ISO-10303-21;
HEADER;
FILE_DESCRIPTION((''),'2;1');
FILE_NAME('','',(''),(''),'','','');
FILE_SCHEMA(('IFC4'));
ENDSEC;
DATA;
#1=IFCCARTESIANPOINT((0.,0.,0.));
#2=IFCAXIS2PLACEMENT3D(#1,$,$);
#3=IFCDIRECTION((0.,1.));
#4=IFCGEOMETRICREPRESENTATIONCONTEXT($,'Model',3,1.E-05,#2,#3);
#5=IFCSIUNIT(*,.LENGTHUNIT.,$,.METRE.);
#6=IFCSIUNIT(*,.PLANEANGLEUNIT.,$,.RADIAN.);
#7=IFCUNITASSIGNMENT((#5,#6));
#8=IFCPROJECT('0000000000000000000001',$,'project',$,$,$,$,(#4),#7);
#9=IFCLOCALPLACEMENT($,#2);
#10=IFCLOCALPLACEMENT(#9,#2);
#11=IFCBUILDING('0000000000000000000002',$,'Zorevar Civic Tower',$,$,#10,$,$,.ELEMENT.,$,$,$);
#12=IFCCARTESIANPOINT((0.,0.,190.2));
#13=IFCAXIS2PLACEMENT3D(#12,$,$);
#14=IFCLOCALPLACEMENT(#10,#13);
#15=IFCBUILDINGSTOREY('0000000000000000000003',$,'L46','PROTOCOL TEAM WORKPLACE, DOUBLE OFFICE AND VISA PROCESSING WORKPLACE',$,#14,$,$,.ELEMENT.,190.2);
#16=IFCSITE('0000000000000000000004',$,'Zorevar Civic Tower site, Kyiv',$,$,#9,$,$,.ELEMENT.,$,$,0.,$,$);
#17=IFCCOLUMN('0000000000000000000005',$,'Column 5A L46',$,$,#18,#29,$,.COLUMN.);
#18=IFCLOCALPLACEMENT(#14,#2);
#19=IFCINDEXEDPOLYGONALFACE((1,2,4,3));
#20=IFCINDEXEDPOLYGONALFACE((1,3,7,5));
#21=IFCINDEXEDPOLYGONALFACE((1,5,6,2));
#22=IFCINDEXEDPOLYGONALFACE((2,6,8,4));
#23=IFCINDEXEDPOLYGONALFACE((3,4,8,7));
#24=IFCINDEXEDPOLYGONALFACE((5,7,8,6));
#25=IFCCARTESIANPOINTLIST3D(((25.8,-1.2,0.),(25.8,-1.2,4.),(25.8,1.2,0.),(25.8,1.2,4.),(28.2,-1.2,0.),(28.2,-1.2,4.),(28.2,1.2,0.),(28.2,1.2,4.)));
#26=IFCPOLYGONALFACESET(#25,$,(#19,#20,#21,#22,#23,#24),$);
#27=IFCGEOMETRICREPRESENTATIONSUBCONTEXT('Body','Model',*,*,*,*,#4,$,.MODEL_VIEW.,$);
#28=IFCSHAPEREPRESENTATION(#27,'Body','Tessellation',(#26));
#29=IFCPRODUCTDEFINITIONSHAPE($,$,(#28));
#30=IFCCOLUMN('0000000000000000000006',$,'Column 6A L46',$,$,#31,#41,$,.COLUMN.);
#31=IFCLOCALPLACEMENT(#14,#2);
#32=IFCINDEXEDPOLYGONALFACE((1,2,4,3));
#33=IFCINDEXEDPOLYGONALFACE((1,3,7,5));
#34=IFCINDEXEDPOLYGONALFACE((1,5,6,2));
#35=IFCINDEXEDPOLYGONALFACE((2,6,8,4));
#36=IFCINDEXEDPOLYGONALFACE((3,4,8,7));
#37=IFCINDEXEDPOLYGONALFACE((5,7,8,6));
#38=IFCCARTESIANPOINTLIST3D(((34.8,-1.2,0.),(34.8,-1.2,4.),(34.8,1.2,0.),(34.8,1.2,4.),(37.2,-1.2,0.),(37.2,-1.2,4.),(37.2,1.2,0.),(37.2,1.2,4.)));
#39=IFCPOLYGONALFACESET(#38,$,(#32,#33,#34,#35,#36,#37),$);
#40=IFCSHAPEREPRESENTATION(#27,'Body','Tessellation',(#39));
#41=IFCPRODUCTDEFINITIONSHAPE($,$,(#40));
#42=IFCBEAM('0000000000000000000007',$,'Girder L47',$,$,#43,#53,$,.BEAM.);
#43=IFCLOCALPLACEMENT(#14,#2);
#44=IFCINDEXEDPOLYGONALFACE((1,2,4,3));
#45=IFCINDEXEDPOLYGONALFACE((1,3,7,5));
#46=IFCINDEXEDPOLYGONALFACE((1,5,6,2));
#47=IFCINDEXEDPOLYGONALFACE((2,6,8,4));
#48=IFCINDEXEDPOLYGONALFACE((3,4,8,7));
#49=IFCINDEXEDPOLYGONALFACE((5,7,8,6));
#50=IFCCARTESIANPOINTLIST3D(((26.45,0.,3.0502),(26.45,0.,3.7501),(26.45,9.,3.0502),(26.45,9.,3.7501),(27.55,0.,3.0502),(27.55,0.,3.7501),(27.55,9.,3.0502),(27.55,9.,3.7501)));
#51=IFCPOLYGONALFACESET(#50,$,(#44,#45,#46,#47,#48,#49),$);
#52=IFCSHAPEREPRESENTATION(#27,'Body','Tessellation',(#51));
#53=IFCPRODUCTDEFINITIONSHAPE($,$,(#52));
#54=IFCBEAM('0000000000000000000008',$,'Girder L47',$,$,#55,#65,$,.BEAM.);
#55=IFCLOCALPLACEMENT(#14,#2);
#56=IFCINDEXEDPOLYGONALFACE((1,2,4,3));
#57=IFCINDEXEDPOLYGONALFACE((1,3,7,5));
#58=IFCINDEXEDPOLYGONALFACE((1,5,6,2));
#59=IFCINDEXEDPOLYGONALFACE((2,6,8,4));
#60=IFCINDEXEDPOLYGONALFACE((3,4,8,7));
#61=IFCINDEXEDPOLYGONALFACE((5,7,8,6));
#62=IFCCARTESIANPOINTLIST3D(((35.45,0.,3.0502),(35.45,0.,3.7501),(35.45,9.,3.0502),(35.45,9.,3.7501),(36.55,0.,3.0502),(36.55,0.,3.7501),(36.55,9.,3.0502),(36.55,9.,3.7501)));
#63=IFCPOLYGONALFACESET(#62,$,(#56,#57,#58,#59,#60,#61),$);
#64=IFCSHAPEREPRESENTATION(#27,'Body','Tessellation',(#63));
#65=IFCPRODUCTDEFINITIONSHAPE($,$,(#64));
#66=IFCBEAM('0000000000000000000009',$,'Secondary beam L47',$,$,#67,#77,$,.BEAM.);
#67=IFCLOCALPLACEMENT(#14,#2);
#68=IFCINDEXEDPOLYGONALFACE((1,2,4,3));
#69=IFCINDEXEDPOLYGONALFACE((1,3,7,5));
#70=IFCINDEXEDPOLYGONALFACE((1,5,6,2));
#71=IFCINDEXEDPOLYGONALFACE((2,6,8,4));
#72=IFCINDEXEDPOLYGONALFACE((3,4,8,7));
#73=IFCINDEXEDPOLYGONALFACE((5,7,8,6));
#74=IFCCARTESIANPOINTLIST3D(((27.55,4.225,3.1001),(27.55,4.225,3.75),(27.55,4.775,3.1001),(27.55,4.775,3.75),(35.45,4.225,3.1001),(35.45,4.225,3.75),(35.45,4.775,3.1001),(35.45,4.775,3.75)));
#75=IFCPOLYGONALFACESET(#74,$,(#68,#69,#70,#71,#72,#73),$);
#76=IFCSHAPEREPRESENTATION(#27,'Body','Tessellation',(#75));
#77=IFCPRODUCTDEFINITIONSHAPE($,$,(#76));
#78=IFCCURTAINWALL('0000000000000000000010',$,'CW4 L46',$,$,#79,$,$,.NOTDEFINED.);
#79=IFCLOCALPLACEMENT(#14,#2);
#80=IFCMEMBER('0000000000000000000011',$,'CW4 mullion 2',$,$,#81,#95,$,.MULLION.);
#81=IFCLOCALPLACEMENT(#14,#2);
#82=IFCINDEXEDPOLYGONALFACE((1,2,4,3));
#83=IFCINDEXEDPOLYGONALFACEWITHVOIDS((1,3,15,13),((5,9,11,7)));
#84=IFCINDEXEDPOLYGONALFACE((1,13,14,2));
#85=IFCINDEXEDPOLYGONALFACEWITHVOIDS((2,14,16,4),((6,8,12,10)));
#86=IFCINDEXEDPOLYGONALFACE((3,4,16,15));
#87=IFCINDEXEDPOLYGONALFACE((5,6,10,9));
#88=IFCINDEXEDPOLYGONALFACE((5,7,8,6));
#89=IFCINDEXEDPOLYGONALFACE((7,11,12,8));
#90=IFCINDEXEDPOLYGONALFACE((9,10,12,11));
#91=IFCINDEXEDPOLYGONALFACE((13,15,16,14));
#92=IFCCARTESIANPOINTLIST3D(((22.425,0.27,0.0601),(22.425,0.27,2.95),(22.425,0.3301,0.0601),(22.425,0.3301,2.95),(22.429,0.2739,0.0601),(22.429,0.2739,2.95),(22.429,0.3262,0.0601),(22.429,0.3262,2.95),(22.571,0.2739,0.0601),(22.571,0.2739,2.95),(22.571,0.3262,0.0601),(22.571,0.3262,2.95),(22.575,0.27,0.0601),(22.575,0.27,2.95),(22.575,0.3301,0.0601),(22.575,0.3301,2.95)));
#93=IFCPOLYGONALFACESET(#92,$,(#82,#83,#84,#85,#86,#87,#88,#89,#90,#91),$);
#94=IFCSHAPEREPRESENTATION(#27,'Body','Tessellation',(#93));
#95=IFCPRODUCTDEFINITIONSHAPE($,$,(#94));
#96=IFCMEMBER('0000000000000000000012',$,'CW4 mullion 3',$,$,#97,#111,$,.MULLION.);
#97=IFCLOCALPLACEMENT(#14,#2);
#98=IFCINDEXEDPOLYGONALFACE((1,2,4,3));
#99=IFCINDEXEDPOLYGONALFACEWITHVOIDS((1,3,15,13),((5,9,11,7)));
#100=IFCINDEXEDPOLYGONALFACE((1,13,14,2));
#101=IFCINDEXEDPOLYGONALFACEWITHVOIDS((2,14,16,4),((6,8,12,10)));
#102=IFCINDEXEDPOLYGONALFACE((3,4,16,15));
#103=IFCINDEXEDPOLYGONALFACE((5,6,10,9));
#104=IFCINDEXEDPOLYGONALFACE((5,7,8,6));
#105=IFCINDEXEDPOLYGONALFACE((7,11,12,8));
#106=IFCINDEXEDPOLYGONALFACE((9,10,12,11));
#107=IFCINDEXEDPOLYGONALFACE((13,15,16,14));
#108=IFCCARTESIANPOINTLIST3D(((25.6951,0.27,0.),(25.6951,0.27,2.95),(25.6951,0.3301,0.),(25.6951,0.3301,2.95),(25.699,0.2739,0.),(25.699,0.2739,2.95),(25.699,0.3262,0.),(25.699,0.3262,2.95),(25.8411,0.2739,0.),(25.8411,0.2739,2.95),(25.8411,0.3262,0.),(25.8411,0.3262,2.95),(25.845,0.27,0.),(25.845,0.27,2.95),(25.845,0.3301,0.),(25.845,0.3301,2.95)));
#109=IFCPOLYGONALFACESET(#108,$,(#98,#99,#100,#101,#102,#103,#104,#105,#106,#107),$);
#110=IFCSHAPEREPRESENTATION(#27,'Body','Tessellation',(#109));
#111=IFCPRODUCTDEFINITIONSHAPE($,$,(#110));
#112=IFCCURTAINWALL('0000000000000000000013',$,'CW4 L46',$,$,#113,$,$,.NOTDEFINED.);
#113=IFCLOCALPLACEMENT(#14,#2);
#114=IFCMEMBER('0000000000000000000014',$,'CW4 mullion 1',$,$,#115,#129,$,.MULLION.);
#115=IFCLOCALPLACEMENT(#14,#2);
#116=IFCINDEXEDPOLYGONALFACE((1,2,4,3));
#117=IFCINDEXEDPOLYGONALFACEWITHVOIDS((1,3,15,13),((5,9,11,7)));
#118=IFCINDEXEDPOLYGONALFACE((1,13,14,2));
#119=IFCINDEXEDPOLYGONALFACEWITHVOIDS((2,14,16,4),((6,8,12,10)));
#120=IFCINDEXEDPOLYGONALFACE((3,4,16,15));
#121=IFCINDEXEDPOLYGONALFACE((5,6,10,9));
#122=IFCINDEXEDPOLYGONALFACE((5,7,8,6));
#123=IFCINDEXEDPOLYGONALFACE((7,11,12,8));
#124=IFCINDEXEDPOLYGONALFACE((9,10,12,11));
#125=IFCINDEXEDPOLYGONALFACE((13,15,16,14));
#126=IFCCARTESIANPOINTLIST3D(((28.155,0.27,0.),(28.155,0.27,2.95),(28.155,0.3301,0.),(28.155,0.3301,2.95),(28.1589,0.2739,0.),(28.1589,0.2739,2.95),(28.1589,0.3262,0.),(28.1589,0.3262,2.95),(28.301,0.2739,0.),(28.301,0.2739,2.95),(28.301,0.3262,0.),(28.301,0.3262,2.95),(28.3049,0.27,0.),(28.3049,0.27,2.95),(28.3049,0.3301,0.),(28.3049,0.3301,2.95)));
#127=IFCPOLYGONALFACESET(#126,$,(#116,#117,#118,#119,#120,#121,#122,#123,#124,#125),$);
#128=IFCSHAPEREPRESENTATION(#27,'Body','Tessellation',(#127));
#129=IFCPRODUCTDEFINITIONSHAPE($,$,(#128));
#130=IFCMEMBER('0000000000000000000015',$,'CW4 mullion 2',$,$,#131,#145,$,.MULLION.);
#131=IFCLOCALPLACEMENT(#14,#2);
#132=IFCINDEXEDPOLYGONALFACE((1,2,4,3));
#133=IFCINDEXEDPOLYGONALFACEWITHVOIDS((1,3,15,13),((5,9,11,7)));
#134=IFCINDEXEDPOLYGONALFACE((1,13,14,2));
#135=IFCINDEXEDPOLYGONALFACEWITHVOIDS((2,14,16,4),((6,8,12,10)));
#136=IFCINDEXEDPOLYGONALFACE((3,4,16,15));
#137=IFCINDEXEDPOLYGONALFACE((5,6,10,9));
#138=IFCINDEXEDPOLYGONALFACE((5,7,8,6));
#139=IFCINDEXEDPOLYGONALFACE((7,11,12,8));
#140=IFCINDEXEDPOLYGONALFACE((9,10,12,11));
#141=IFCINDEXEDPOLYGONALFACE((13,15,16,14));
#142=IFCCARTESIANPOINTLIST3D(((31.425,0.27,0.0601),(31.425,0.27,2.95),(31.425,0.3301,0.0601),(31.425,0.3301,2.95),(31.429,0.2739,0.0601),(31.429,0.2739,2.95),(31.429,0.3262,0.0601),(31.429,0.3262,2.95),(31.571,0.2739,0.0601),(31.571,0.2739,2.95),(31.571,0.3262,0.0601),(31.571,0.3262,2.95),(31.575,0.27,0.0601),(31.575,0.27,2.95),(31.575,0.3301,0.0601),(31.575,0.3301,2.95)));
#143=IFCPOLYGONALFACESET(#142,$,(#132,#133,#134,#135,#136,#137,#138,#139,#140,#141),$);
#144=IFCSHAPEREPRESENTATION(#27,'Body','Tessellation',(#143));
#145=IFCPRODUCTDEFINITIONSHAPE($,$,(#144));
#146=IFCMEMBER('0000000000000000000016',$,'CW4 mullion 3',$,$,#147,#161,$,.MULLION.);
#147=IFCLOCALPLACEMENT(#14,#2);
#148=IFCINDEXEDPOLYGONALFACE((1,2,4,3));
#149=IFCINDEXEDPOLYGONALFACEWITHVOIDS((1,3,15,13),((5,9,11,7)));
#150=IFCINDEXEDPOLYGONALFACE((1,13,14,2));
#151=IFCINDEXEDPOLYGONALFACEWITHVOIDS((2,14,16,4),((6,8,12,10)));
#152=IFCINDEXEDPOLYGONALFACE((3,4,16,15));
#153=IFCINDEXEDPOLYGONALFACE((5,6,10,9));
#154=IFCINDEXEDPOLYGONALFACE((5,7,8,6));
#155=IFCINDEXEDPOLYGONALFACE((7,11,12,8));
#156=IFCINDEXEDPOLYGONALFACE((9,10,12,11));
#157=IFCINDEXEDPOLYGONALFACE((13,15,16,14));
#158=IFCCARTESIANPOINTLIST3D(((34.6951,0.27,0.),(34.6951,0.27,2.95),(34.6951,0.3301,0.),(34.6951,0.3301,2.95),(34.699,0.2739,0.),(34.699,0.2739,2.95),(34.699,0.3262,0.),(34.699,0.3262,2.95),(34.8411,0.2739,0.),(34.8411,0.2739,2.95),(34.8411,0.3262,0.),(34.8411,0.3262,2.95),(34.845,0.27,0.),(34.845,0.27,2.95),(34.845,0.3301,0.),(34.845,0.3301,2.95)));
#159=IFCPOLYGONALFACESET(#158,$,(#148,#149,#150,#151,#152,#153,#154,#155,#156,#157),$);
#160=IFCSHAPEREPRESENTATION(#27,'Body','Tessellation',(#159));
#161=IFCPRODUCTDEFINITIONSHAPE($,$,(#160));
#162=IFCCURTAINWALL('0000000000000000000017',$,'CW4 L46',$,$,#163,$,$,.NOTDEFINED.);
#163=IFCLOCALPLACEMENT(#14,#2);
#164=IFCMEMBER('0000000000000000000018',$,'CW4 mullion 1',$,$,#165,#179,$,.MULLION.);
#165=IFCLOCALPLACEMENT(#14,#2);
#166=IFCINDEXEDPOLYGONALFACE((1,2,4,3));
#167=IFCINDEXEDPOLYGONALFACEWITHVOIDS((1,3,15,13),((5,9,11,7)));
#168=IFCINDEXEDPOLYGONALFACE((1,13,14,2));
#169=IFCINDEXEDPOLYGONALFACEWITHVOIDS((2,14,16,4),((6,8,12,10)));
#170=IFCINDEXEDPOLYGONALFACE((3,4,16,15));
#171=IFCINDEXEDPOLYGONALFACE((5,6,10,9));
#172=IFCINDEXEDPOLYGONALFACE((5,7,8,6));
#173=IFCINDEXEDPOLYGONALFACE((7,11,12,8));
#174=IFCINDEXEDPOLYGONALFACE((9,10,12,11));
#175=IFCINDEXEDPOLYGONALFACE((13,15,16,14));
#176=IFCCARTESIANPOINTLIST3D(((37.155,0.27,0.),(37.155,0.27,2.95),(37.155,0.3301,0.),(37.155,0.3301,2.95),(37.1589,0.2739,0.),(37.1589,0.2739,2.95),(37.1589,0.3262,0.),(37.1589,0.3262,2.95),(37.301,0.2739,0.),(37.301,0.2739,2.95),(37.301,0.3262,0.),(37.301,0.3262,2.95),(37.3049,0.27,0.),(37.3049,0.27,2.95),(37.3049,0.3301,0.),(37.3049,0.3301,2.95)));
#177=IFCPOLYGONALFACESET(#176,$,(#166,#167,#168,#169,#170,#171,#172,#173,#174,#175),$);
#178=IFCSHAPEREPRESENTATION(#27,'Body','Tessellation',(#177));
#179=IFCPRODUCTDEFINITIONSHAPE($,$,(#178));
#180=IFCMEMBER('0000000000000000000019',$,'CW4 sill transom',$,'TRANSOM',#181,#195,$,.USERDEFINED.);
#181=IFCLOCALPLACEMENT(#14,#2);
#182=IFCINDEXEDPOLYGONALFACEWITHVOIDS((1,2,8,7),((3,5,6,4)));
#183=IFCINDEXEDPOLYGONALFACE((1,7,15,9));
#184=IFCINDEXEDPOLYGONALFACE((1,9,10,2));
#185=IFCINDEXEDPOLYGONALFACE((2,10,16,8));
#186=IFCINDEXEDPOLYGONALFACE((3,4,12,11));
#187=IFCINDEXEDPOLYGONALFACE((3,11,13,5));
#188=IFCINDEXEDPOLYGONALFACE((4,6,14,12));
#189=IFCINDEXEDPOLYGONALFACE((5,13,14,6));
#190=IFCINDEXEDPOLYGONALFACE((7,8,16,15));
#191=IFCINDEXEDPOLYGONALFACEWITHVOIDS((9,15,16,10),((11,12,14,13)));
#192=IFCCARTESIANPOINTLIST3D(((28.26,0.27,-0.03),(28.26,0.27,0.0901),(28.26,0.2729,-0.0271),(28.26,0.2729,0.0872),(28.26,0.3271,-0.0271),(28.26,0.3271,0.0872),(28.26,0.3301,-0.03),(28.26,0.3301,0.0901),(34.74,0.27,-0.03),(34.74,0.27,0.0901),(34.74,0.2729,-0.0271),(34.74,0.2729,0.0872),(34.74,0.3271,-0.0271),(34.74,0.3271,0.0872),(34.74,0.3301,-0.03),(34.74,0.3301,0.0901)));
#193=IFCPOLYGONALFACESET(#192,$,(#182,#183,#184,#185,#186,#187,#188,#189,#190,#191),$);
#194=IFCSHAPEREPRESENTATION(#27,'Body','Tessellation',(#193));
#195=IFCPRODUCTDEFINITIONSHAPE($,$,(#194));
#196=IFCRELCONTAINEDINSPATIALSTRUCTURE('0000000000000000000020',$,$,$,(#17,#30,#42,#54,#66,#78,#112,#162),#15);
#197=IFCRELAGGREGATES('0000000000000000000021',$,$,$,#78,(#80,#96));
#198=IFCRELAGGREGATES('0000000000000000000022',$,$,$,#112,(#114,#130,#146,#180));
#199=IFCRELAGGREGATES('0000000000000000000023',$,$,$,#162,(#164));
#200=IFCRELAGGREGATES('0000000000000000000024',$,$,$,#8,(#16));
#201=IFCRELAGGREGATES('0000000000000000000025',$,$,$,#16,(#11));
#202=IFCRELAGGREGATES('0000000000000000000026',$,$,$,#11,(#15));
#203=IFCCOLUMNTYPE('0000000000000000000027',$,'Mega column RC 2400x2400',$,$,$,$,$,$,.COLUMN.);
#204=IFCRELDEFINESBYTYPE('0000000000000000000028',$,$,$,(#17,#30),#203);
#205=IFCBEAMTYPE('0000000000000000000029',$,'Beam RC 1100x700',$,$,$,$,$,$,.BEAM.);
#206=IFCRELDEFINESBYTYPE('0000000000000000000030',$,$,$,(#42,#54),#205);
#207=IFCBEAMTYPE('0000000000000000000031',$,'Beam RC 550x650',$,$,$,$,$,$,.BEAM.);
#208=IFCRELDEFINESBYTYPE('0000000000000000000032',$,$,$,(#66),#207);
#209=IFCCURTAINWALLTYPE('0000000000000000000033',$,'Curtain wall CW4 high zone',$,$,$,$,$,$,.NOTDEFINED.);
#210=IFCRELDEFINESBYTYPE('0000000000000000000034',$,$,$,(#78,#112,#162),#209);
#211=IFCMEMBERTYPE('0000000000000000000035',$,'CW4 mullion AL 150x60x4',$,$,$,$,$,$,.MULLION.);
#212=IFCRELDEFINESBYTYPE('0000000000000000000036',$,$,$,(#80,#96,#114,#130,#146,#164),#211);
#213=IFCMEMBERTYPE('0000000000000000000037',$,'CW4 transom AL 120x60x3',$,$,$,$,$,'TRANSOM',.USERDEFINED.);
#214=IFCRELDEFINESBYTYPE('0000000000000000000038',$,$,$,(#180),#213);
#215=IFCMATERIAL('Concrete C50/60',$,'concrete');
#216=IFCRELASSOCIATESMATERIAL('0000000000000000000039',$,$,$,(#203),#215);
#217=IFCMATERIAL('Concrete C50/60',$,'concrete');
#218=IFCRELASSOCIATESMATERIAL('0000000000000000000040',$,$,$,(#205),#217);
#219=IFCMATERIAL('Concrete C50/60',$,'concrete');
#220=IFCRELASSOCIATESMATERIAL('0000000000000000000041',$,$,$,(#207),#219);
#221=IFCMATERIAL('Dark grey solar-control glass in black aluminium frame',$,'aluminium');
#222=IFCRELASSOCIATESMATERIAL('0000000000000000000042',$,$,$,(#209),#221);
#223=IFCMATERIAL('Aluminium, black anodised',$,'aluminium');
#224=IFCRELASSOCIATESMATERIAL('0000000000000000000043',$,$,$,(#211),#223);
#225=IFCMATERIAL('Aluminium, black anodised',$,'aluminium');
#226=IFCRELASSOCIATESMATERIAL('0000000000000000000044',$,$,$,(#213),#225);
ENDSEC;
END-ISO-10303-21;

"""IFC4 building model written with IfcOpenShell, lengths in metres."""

from ifc_helpers import new_model, si_unit, direction, frame, origin, origin_2d, place, context, subcontext, project, spatial, rectangle, hollow_rectangle, extrude, material, material_profile, profile_set, type_object, element, aggregate, save


model = new_model("IFC4")

# Units and contexts
model_context = context("Model", 3, precision=1e-05, world=origin(), true_north=direction((0.0, 1.0)))
body_context = subcontext(model_context, "Body", "Model", "MODEL_VIEW")
ifc_project = project(units=[si_unit("LENGTHUNIT", "METRE"), si_unit("PLANEANGLEUNIT", "RADIAN")], contexts=[model_context])

# Site, building, storey
site_placement = place(None, origin())
site = spatial("IfcSite", under=ifc_project, at=site_placement, Name="Zorevar Civic Tower site, Kyiv", CompositionType="ELEMENT", RefElevation=0.0)
building_placement = place(site_placement, origin())
building = spatial("IfcBuilding", under=site, at=building_placement, Name="Zorevar Civic Tower", CompositionType="ELEMENT")
storey_placement = place(building_placement, frame((0.0, 0.0, 190.2)))
storey = spatial("IfcBuildingStorey", under=building, at=storey_placement, Name="L46", Description="PROTOCOL TEAM WORKPLACE, DOUBLE OFFICE AND VISA PROCESSING WORKPLACE", CompositionType="ELEMENT", Elevation=190.2)

# Columns
ifc_material_1 = material(Name="Concrete C50/60", Category="concrete")
ifc_material_profile_1 = material_profile(ifc_material_1, rectangle(XDim=2.3999, YDim=2.3999, at=origin_2d()), Name="RC 2400x2400")
ifc_profile_set_1 = profile_set([ifc_material_profile_1], Name="Concrete C50/60")
column_type = type_object("IfcColumnType", Name="Mega column RC 2400x2400", PredefinedType="COLUMN", material=ifc_profile_set_1)
for number, where, z_axis, x_axis, name in (
    (1, (27.0, 0.0, 0.0), (0.0, 0.0, 1.0), (1.0, 0.0, 0.0), "Column 5A L46"),
    (2, (36.0, 0.0, 0.0), (0.0, 0.0, 1.0), (1.0, 0.0, 0.0), "Column 6A L46"),
):
    element("IfcColumn", number, at=place(storey_placement, frame(where, z_axis=z_axis, x_axis=x_axis)), inside=storey, type_object=column_type, Name=name, PredefinedType="COLUMN", context=body_context, shape_type="SweptSolid", body=[
        extrude(rectangle(XDim=2.3999, YDim=2.3999, at=origin_2d()), origin(), (0.0, 0.0, 1.0), 4.0),
    ])

# Beams
ifc_material_2 = material(Name="Concrete C50/60", Category="concrete")
ifc_material_profile_2 = material_profile(ifc_material_2, rectangle(XDim=1.1001, YDim=0.7, at=origin_2d()), Name="RC 1100x700")
ifc_profile_set_2 = profile_set([ifc_material_profile_2], Name="Concrete C50/60")
beam_type_1 = type_object("IfcBeamType", Name="Beam RC 1100x700", PredefinedType="BEAM", material=ifc_profile_set_2)
for number, where, z_axis, x_axis, name in (
    (3, (27.0, 0.0, 3.4001), (0.0, 1.0, 0.0), (-1.0, 0.0, 0.0), "Girder L47"),
    (4, (36.0, 0.0, 3.4001), (0.0, 1.0, 0.0), (-1.0, 0.0, 0.0), "Girder L47"),
):
    element("IfcBeam", number, at=place(storey_placement, frame(where, z_axis=z_axis, x_axis=x_axis)), inside=storey, type_object=beam_type_1, Name=name, PredefinedType="BEAM", context=body_context, shape_type="SweptSolid", body=[
        extrude(rectangle(XDim=1.1001, YDim=0.7, at=origin_2d()), origin(), (0.0, 0.0, 1.0), 9.0),
    ])
ifc_material_3 = material(Name="Concrete C50/60", Category="concrete")
ifc_material_profile_3 = material_profile(ifc_material_3, rectangle(XDim=0.55, YDim=0.6499, at=origin_2d()), Name="RC 550x650")
ifc_profile_set_3 = profile_set([ifc_material_profile_3], Name="Concrete C50/60")
beam_type_2 = type_object("IfcBeamType", Name="Beam RC 550x650", PredefinedType="BEAM", material=ifc_profile_set_3)
beam_placement = place(storey_placement, frame((27.55, 4.5, 3.425), z_axis=(1.0, 0.0, 0.0), x_axis=(0.0, 1.0, 0.0)))
element("IfcBeam", 5, at=beam_placement, inside=storey, type_object=beam_type_2, Name="Secondary beam L47", PredefinedType="BEAM", context=body_context, shape_type="SweptSolid", body=[
    extrude(rectangle(XDim=0.55, YDim=0.6499, at=origin_2d()), origin(), (0.0, 0.0, 1.0), 7.8999),
])

# Curtain walls, members
ifc_material_4 = material(Name="Dark grey solar-control glass in black aluminium frame", Category="aluminium")
curtain_wall_type = type_object("IfcCurtainWallType", Name="Curtain wall CW4 high zone", PredefinedType="NOTDEFINED", material=ifc_material_4)
curtain_wall_1_placement = place(storey_placement, origin())
curtain_wall_1 = element("IfcCurtainWall", 6, at=curtain_wall_1_placement, inside=storey, type_object=curtain_wall_type, Name="CW4 L46", PredefinedType="NOTDEFINED")
ifc_material_5 = material(Name="Aluminium, black anodised", Category="aluminium")
ifc_material_profile_4 = material_profile(ifc_material_5, hollow_rectangle(XDim=0.0601, YDim=0.1499, WallThickness=0.0039, at=origin_2d()), Name="AL 150x60x4")
ifc_profile_set_4 = profile_set([ifc_material_profile_4], Name="Aluminium, black anodised")
member_type_1 = type_object("IfcMemberType", Name="CW4 mullion AL 150x60x4", PredefinedType="MULLION", material=ifc_profile_set_4)
member_1_placement = place(storey_placement, frame((22.5, 0.3, 0.0601), z_axis=(0.0, 0.0, 1.0), x_axis=(0.0, 1.0, 0.0)))
member_1 = element("IfcMember", 7, at=member_1_placement, type_object=member_type_1, Name="CW4 mullion 2", PredefinedType="MULLION", context=body_context, shape_type="SweptSolid", body=[
    extrude(hollow_rectangle(XDim=0.0601, YDim=0.1499, WallThickness=0.0039, at=origin_2d()), origin(), (0.0, 0.0, 1.0), 2.8899),
])
member_2_placement = place(storey_placement, frame((25.77, 0.3, 0.0), z_axis=(0.0, 0.0, 1.0), x_axis=(0.0, 1.0, 0.0)))
member_2 = element("IfcMember", 8, at=member_2_placement, type_object=member_type_1, Name="CW4 mullion 3", PredefinedType="MULLION", context=body_context, shape_type="SweptSolid", body=[
    extrude(hollow_rectangle(XDim=0.0601, YDim=0.1499, WallThickness=0.0039, at=origin_2d()), origin(), (0.0, 0.0, 1.0), 2.95),
])
curtain_wall_2_placement = place(storey_placement, origin())
curtain_wall_2 = element("IfcCurtainWall", 9, at=curtain_wall_2_placement, inside=storey, type_object=curtain_wall_type, Name="CW4 L46", PredefinedType="NOTDEFINED")
member_3_placement = place(storey_placement, frame((28.23, 0.3, 0.0), z_axis=(0.0, 0.0, 1.0), x_axis=(0.0, 1.0, 0.0)))
member_3 = element("IfcMember", 10, at=member_3_placement, type_object=member_type_1, Name="CW4 mullion 1", PredefinedType="MULLION", context=body_context, shape_type="SweptSolid", body=[
    extrude(hollow_rectangle(XDim=0.0601, YDim=0.1499, WallThickness=0.0039, at=origin_2d()), origin(), (0.0, 0.0, 1.0), 2.95),
])
member_4_placement = place(storey_placement, frame((31.5, 0.3, 0.0601), z_axis=(0.0, 0.0, 1.0), x_axis=(0.0, 1.0, 0.0)))
member_4 = element("IfcMember", 11, at=member_4_placement, type_object=member_type_1, Name="CW4 mullion 2", PredefinedType="MULLION", context=body_context, shape_type="SweptSolid", body=[
    extrude(hollow_rectangle(XDim=0.0601, YDim=0.1499, WallThickness=0.0039, at=origin_2d()), origin(), (0.0, 0.0, 1.0), 2.8899),
])
member_5_placement = place(storey_placement, frame((34.77, 0.3, 0.0), z_axis=(0.0, 0.0, 1.0), x_axis=(0.0, 1.0, 0.0)))
member_5 = element("IfcMember", 12, at=member_5_placement, type_object=member_type_1, Name="CW4 mullion 3", PredefinedType="MULLION", context=body_context, shape_type="SweptSolid", body=[
    extrude(hollow_rectangle(XDim=0.0601, YDim=0.1499, WallThickness=0.0039, at=origin_2d()), origin(), (0.0, 0.0, 1.0), 2.95),
])

# Curtain wall, member
curtain_wall_3_placement = place(storey_placement, origin())
curtain_wall_3 = element("IfcCurtainWall", 13, at=curtain_wall_3_placement, inside=storey, type_object=curtain_wall_type, Name="CW4 L46", PredefinedType="NOTDEFINED")
member_6_placement = place(storey_placement, frame((37.23, 0.3, 0.0), z_axis=(0.0, 0.0, 1.0), x_axis=(0.0, 1.0, 0.0)))
member_6 = element("IfcMember", 14, at=member_6_placement, type_object=member_type_1, Name="CW4 mullion 1", PredefinedType="MULLION", context=body_context, shape_type="SweptSolid", body=[
    extrude(hollow_rectangle(XDim=0.0601, YDim=0.1499, WallThickness=0.0039, at=origin_2d()), origin(), (0.0, 0.0, 1.0), 2.95),
])

# Member
ifc_material_6 = material(Name="Aluminium, black anodised", Category="aluminium")
ifc_material_profile_5 = material_profile(ifc_material_6, hollow_rectangle(XDim=0.0601, YDim=0.1201, WallThickness=0.0029, at=origin_2d()), Name="AL 120x60x3")
ifc_profile_set_5 = profile_set([ifc_material_profile_5], Name="Aluminium, black anodised")
member_type_2 = type_object("IfcMemberType", Name="CW4 transom AL 120x60x3", ElementType="TRANSOM", PredefinedType="USERDEFINED", material=ifc_profile_set_5)
member_7_placement = place(storey_placement, frame((28.26, 0.3, 0.03), z_axis=(1.0, 0.0, 0.0), x_axis=(0.0, 1.0, 0.0)))
member_7 = element("IfcMember", 15, at=member_7_placement, type_object=member_type_2, Name="CW4 sill transom", ObjectType="TRANSOM", PredefinedType="USERDEFINED", context=body_context, shape_type="SweptSolid", body=[
    extrude(hollow_rectangle(XDim=0.0601, YDim=0.1201, WallThickness=0.0029, at=origin_2d()), origin(), (0.0, 0.0, 1.0), 6.48),
])

aggregate(curtain_wall_1, [member_1, member_2])
aggregate(curtain_wall_2, [member_3, member_4, member_5, member_7])
aggregate(curtain_wall_3, [member_6])

save(model, "model.ifc")
